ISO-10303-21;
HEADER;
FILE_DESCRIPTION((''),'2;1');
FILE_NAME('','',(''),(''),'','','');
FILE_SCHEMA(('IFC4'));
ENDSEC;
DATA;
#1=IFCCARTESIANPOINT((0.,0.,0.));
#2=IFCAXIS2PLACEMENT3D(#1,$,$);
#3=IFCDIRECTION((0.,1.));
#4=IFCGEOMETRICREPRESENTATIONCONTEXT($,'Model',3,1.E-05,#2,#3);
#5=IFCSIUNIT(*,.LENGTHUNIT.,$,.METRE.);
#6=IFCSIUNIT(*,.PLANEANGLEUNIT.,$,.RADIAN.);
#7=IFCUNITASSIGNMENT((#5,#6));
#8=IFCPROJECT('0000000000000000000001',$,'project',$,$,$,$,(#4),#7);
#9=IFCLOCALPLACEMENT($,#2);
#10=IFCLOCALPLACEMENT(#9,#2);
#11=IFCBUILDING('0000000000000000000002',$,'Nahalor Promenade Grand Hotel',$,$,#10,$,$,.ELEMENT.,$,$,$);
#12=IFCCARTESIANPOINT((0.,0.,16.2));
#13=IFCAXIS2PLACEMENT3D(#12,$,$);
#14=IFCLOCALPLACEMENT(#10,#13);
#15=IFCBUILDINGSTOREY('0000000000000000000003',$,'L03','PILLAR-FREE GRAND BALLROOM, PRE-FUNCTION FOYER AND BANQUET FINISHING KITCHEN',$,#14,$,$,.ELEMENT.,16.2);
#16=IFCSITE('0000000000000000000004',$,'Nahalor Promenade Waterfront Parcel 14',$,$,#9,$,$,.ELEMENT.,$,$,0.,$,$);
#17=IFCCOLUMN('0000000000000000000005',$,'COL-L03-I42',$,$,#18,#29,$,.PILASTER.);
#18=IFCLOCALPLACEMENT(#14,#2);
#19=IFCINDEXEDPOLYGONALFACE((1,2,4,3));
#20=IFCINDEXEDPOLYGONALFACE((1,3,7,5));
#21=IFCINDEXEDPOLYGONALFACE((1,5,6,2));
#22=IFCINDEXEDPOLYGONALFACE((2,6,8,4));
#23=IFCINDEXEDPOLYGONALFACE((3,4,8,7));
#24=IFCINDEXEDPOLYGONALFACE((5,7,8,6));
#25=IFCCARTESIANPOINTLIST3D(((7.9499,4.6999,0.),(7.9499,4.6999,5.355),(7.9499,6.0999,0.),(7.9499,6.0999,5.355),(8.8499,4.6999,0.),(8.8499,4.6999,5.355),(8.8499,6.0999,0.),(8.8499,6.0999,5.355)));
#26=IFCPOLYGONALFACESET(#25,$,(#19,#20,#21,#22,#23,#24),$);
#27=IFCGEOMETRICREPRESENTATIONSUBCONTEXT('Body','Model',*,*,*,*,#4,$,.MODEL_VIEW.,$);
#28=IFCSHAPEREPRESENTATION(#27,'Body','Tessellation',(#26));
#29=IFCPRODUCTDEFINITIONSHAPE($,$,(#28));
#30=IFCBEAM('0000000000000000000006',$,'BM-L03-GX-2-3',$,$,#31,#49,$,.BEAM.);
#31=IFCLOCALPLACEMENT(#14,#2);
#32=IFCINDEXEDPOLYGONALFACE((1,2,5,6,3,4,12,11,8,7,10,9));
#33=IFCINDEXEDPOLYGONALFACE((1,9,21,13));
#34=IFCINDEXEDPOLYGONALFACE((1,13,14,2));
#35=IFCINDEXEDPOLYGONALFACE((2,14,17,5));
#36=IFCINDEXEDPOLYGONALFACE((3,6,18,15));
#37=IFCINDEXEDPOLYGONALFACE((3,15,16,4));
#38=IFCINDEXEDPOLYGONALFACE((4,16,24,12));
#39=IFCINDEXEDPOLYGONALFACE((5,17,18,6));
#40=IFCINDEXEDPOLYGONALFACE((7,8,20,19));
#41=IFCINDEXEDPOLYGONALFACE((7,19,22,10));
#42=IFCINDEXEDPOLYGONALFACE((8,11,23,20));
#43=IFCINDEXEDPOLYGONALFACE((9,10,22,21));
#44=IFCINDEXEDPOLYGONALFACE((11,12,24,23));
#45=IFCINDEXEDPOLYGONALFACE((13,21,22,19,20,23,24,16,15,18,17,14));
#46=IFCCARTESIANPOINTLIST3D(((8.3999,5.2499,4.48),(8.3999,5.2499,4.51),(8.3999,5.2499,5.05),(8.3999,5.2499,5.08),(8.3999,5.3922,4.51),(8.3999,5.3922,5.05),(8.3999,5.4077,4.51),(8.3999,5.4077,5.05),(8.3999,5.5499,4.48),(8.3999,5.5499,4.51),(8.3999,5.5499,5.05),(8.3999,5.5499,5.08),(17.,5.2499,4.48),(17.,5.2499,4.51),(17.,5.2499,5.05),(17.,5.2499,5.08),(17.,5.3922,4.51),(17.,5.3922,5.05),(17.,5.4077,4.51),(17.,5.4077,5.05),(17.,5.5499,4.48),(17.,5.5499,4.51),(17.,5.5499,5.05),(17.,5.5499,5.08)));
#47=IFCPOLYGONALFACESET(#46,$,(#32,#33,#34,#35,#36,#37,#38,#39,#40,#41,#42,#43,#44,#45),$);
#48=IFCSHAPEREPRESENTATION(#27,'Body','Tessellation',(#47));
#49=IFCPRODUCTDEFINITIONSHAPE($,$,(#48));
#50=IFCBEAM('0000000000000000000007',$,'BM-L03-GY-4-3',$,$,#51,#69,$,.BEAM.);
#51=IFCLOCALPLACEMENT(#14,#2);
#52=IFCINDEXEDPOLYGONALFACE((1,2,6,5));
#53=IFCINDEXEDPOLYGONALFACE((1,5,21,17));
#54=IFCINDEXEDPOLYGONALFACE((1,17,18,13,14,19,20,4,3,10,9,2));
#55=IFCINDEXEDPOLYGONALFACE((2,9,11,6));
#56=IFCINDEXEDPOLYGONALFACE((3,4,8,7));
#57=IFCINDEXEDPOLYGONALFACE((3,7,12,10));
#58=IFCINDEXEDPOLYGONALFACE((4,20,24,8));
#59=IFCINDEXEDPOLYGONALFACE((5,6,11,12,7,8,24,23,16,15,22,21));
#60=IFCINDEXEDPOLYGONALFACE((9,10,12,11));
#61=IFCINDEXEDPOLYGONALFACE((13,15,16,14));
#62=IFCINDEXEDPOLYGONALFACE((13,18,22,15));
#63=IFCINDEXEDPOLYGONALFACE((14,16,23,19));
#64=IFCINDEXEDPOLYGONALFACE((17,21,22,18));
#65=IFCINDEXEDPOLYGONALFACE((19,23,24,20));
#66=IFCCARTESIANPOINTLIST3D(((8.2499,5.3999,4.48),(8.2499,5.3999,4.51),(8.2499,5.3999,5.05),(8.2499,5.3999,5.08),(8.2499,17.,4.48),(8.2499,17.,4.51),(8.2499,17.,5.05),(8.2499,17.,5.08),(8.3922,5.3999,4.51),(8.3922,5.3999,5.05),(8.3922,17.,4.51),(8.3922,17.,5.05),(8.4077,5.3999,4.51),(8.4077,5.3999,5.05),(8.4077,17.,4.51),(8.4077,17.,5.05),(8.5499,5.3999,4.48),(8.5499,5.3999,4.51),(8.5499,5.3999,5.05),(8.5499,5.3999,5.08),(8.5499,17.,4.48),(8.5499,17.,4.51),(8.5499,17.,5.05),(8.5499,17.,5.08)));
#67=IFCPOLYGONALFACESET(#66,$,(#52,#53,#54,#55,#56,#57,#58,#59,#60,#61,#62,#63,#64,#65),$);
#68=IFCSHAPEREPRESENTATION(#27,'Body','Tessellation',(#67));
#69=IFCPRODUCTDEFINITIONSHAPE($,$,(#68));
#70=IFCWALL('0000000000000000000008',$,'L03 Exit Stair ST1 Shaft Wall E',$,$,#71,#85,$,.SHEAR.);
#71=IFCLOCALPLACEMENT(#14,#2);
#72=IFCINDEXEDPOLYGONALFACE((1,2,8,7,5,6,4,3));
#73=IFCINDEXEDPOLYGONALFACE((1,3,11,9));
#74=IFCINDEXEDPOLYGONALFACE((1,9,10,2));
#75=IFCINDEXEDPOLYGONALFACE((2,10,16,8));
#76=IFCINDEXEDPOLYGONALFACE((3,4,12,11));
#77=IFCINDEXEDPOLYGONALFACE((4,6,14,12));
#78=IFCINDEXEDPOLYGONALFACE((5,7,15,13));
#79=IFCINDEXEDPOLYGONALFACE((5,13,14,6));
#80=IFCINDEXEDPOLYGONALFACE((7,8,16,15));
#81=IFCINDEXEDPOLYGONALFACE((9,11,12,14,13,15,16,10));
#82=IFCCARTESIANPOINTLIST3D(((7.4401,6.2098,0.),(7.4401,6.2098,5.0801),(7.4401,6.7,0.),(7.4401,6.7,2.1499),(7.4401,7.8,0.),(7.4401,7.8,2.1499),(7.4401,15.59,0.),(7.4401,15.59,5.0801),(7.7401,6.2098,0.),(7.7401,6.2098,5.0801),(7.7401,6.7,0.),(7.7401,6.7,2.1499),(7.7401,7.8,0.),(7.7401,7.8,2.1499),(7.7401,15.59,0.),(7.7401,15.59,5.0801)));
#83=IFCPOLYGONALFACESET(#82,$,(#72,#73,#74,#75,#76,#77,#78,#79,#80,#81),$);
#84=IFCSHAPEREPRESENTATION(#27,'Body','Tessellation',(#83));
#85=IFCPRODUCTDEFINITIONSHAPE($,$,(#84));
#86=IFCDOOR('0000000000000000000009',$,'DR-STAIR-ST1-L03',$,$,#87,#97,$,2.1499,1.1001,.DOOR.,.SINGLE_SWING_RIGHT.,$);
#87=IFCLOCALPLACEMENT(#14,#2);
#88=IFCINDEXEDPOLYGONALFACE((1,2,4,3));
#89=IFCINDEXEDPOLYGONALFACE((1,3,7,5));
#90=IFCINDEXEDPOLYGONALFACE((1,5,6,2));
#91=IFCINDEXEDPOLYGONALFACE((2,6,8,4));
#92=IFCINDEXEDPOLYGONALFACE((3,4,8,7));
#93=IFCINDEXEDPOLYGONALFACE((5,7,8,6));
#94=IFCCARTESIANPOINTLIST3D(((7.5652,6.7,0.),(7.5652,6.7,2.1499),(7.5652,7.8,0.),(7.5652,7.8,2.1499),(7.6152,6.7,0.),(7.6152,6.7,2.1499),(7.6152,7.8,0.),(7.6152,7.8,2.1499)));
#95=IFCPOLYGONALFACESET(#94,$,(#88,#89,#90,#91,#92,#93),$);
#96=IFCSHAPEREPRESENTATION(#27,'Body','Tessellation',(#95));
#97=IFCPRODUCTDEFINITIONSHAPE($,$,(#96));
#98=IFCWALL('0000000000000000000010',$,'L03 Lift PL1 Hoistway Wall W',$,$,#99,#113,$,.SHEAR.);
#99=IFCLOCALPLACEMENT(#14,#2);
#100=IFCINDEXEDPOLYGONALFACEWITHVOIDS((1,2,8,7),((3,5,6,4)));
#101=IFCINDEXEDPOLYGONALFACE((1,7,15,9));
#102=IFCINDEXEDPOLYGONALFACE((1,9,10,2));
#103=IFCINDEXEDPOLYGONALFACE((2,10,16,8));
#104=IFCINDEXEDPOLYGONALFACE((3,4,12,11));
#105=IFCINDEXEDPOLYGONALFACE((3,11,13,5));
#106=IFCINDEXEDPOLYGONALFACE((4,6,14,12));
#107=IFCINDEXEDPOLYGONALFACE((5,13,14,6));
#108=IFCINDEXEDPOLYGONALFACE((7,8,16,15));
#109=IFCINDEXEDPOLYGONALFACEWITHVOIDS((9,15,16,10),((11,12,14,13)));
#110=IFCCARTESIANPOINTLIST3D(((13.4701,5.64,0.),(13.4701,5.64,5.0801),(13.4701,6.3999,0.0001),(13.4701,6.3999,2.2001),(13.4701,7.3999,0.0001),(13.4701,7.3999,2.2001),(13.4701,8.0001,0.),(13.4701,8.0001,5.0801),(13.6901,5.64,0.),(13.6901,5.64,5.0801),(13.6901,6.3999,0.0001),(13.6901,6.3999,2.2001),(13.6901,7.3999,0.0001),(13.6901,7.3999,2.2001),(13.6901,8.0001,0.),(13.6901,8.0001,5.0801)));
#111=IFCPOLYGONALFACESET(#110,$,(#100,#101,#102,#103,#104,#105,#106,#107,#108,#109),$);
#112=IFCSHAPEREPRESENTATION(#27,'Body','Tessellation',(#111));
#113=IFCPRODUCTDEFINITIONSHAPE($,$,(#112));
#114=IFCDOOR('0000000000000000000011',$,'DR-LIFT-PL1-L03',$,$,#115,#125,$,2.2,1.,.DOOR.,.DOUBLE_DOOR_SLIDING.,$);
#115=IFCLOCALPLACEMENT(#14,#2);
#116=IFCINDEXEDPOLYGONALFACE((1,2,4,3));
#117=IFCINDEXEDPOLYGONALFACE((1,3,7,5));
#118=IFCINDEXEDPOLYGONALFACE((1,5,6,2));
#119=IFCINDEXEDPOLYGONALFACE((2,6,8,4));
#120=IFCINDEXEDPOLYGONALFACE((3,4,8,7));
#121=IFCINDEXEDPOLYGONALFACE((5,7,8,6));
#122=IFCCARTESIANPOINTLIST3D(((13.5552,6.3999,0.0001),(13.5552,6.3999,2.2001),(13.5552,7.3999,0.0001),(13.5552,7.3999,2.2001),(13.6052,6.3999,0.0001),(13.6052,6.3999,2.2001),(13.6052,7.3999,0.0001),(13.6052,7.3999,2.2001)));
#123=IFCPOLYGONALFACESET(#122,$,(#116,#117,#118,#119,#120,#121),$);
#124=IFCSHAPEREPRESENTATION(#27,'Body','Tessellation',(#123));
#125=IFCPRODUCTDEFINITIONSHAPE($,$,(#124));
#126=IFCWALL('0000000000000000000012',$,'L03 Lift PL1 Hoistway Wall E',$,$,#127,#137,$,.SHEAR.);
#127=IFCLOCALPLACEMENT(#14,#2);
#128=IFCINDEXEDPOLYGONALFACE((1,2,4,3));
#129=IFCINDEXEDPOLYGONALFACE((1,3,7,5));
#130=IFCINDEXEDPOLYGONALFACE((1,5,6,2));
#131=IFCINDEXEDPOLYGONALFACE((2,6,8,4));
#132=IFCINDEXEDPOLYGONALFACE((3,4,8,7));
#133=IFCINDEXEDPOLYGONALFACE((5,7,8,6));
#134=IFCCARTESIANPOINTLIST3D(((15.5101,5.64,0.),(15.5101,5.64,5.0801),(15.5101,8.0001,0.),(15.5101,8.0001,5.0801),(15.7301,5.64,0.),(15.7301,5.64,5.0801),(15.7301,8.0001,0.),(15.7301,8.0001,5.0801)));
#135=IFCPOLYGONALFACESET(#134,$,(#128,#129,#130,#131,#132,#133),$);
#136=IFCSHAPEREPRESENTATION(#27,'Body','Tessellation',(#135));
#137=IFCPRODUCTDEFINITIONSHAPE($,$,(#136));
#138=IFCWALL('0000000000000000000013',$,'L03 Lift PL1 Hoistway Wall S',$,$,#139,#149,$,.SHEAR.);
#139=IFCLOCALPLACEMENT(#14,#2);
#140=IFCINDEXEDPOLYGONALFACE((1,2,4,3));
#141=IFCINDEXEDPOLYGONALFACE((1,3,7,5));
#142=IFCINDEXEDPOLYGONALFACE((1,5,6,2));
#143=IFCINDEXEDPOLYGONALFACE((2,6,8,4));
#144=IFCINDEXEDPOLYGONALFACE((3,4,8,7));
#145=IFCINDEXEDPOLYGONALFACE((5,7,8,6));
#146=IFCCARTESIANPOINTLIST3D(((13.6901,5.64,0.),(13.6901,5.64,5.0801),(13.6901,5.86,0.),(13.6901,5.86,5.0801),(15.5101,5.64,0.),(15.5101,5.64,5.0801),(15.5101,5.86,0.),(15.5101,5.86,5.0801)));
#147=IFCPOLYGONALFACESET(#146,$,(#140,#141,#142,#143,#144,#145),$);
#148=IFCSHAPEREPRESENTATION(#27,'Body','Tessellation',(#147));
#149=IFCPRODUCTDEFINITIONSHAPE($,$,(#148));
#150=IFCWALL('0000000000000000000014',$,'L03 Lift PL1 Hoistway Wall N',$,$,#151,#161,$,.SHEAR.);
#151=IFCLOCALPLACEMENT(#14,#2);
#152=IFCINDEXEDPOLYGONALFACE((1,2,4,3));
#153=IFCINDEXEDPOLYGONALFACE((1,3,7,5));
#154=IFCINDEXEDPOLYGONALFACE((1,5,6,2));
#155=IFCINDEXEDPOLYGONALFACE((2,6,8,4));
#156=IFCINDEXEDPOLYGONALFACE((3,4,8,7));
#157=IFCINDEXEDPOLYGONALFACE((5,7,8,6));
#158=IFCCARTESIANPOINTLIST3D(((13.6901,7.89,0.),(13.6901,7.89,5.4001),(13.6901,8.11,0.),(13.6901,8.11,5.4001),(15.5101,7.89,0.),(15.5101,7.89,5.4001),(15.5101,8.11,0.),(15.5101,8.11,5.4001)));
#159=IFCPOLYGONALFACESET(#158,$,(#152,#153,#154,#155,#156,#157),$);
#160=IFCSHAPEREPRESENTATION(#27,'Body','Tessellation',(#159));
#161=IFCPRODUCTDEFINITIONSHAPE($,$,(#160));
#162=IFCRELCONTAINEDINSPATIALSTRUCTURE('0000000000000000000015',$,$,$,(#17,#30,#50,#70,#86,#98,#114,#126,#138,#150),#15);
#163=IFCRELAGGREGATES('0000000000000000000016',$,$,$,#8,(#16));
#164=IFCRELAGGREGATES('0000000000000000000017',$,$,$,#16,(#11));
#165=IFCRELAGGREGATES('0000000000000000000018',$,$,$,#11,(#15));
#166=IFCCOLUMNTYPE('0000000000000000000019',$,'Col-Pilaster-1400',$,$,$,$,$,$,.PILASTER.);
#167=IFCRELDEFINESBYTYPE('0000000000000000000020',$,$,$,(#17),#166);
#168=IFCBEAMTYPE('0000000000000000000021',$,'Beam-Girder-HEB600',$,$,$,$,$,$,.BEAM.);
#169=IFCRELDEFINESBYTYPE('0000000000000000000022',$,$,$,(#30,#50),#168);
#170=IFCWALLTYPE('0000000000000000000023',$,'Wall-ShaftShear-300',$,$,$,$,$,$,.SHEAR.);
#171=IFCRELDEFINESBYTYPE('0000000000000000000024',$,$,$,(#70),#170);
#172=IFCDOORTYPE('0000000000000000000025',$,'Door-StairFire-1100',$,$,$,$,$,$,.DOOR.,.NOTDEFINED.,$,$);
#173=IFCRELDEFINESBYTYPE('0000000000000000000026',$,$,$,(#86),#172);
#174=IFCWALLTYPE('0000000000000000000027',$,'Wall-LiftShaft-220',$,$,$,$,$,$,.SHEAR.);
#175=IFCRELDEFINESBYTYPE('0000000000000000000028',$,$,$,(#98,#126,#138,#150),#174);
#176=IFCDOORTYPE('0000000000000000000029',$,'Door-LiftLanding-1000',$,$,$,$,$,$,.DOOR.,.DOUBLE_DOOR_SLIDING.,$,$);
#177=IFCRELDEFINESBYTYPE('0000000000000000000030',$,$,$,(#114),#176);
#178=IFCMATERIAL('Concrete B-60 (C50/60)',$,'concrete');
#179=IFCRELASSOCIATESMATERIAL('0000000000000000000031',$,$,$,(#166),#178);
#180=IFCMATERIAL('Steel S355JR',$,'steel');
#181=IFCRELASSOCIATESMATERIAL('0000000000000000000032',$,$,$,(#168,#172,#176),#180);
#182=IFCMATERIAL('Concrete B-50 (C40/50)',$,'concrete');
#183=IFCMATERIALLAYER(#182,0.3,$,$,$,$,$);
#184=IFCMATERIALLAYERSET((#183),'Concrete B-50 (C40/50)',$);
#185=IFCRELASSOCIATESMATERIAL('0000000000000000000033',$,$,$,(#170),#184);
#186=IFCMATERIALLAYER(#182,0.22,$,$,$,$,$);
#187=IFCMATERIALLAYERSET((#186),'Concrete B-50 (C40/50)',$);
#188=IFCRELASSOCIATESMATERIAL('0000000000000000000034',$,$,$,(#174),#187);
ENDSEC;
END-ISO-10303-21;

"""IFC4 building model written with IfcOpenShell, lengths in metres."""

from ifc_helpers import new_model, si_unit, direction, frame, frame_2d, origin, origin_2d, place, context, subcontext, project, spatial, rectangle, i_section, extrude, source, transform, mapped, material, layer, layer_set, material_profile, profile_set, type_object, element, fill, save


model = new_model("IFC4")

# Units and contexts
model_context = context("Model", 3, precision=1e-05, world=origin(), true_north=direction((0.0, 1.0)))
body_context = subcontext(model_context, "Body", "Model", "MODEL_VIEW")
ifc_project = project(units=[si_unit("LENGTHUNIT", "METRE"), si_unit("PLANEANGLEUNIT", "RADIAN")], contexts=[model_context])

# Site, building, storey
site_placement = place(None, origin())
site = spatial("IfcSite", under=ifc_project, at=site_placement, Name="Nahalor Promenade Waterfront Parcel 14", CompositionType="ELEMENT", RefElevation=0.0)
building_placement = place(site_placement, origin())
building = spatial("IfcBuilding", under=site, at=building_placement, Name="Nahalor Promenade Grand Hotel", CompositionType="ELEMENT")
storey_placement = place(building_placement, frame((0.0, 0.0, 16.2)))
storey = spatial("IfcBuildingStorey", under=building, at=storey_placement, Name="L03", Description="PILLAR-FREE GRAND BALLROOM, PRE-FUNCTION FOYER AND BANQUET FINISHING KITCHEN", CompositionType="ELEMENT", Elevation=16.2)

# Column
ifc_material_1 = material(Name="Concrete B-60 (C50/60)", Category="concrete")
ifc_material_profile_1 = material_profile(ifc_material_1, rectangle(XDim=0.9, YDim=1.4, at=origin_2d()), Name="RC 900x1400")
ifc_profile_set_1 = profile_set([ifc_material_profile_1], Name="Concrete B-60 (C50/60)")
column_type = type_object("IfcColumnType", Name="Col-Pilaster-1400", PredefinedType="PILASTER", material=ifc_profile_set_1)
shared_shape_1 = source(origin(), body_context, "Body", "SweptSolid", [
    extrude(rectangle(XDim=0.9, YDim=1.4, at=origin_2d()), origin(), (0.0, 0.0, 1.0), 5.355),
])
column_placement = place(storey_placement, frame((8.3999, 5.3999, 0.0), z_axis=(0.0, 0.0, 1.0), x_axis=(1.0, 0.0, 0.0)))
element("IfcColumn", 1, at=column_placement, inside=storey, type_object=column_type, Name="COL-L03-I42", PredefinedType="PILASTER", context=body_context, shape_type="MappedRepresentation", body=[
    mapped(shared_shape_1, transform((0.0, 0.0, 0.0), scale=1.0)),
])

# Beams
ifc_material_2 = material(Name="Steel S355JR", Category="steel")
ifc_material_profile_2 = material_profile(ifc_material_2, i_section(OverallWidth=0.3, OverallDepth=0.6, WebThickness=0.0155, FlangeThickness=0.03, at=origin_2d()), Name="HEB 600")
ifc_profile_set_2 = profile_set([ifc_material_profile_2], Name="Steel S355JR")
beam_type = type_object("IfcBeamType", Name="Beam-Girder-HEB600", PredefinedType="BEAM", material=ifc_profile_set_2)
shared_shape_2 = source(origin(), body_context, "Body", "SweptSolid", [
    extrude(i_section(OverallWidth=0.3, OverallDepth=0.6, WebThickness=0.0155, FlangeThickness=0.03, at=origin_2d()), origin(), (0.0, 0.0, 1.0), 8.6001),
])
beam_1_placement = place(storey_placement, frame((8.3999, 5.3999, 4.78), z_axis=(1.0, 0.0, 0.0), x_axis=(0.0, 1.0, 0.0)))
element("IfcBeam", 2, at=beam_1_placement, inside=storey, type_object=beam_type, Name="BM-L03-GX-2-3", PredefinedType="BEAM", context=body_context, shape_type="MappedRepresentation", body=[
    mapped(shared_shape_2, transform((0.0, 0.0, 0.0), scale=1.0)),
])
shared_shape_3 = source(origin(), body_context, "Body", "SweptSolid", [
    extrude(i_section(OverallWidth=0.3, OverallDepth=0.6, WebThickness=0.0155, FlangeThickness=0.03, at=origin_2d()), origin(), (0.0, 0.0, 1.0), 11.6001),
])
beam_2_placement = place(storey_placement, frame((8.3999, 5.3999, 4.78), z_axis=(0.0, 1.0, 0.0), x_axis=(-1.0, 0.0, 0.0)))
element("IfcBeam", 3, at=beam_2_placement, inside=storey, type_object=beam_type, Name="BM-L03-GY-4-3", PredefinedType="BEAM", context=body_context, shape_type="MappedRepresentation", body=[
    mapped(shared_shape_3, transform((0.0, 0.0, 0.0), scale=1.0)),
])

# Walls, openings, doors
ifc_material_3 = material(Name="Concrete B-50 (C40/50)", Category="concrete")
ifc_layer_1 = layer(ifc_material_3, 0.3)
ifc_layer_set_1 = layer_set([ifc_layer_1], Name="Concrete B-50 (C40/50)")
wall_type_1 = type_object("IfcWallType", Name="Wall-ShaftShear-300", PredefinedType="SHEAR", material=ifc_layer_set_1)
shared_shape_4 = source(origin(), body_context, "Body", "SweptSolid", [
    extrude(rectangle(XDim=9.3801, YDim=0.3, at=frame_2d((4.6899, 0.0))), origin(), (0.0, 0.0, 1.0), 5.0801),
])
wall_1_placement = place(storey_placement, frame((7.5901, 6.21, 0.0), z_axis=(0.0, 0.0, 1.0), x_axis=(0.0, 1.0, 0.0)))
wall_1 = element("IfcWall", 4, at=wall_1_placement, inside=storey, type_object=wall_type_1, Name="L03 Exit Stair ST1 Shaft Wall E", PredefinedType="SHEAR", context=body_context, shape_type="MappedRepresentation", body=[
    mapped(shared_shape_4, transform((0.0, 0.0, 0.0), scale=1.0)),
])
opening_1_placement = place(wall_1_placement, frame((0.49, 0.0, 0.0)))
opening_1 = element("IfcOpeningElement", 5, at=opening_1_placement, cuts=wall_1, PredefinedType="OPENING", context=body_context, shape_type="SweptSolid", body=[
    extrude(rectangle(XDim=1.1001, YDim=2.1499, at=frame_2d((0.55, 1.075))), frame((0.0, 0.1599, 0.0), z_axis=(0.0, -1.0, 0.0), x_axis=(1.0, 0.0, 0.0)), (0.0, 0.0, 1.0), 0.3201),
])
door_type_1 = type_object("IfcDoorType", Name="Door-StairFire-1100", OperationType="NOTDEFINED", PredefinedType="DOOR", material=ifc_material_2)
shared_shape_5 = source(origin(), body_context, "Body", "SweptSolid", [
    extrude(rectangle(XDim=1.1001, YDim=2.1499, at=frame_2d((0.55, 1.075))), frame((0.0, 0.0249, 0.0), z_axis=(0.0, -1.0, 0.0), x_axis=(1.0, 0.0, 0.0)), (0.0, 0.0, 1.0), 0.05),
])
door_1_placement = place(opening_1_placement, origin())
door_1 = element("IfcDoor", 6, at=door_1_placement, inside=storey, type_object=door_type_1, Name="DR-STAIR-ST1-L03", OperationType="SINGLE_SWING_RIGHT", OverallHeight=2.1499, OverallWidth=1.1001, PredefinedType="DOOR", context=body_context, shape_type="MappedRepresentation", body=[
    mapped(shared_shape_5, transform((0.0, 0.0, 0.0), scale=1.0)),
])
fill(opening_1, door_1)
ifc_layer_2 = layer(ifc_material_3, 0.22)
ifc_layer_set_2 = layer_set([ifc_layer_2], Name="Concrete B-50 (C40/50)")
wall_type_2 = type_object("IfcWallType", Name="Wall-LiftShaft-220", PredefinedType="SHEAR", material=ifc_layer_set_2)
shared_shape_6 = source(origin(), body_context, "Body", "SweptSolid", [
    extrude(rectangle(XDim=2.3601, YDim=0.22, at=frame_2d((1.1802, 0.0))), origin(), (0.0, 0.0, 1.0), 5.0801),
])
wall_2_placement = place(storey_placement, frame((13.5801, 5.6399, 0.0), z_axis=(0.0, 0.0, 1.0), x_axis=(0.0, 1.0, 0.0)))
wall_2 = element("IfcWall", 7, at=wall_2_placement, inside=storey, type_object=wall_type_2, Name="L03 Lift PL1 Hoistway Wall W", PredefinedType="SHEAR", context=body_context, shape_type="MappedRepresentation", body=[
    mapped(shared_shape_6, transform((0.0, 0.0, 0.0), scale=1.0)),
])
opening_2_placement = place(wall_2_placement, frame((0.76, 0.0, 0.0)))
opening_2 = element("IfcOpeningElement", 8, at=opening_2_placement, cuts=wall_2, PredefinedType="OPENING", context=body_context, shape_type="SweptSolid", body=[
    extrude(rectangle(XDim=1.0, YDim=2.2, at=frame_2d((0.5, 1.1001))), frame((0.0, 0.1199, 0.0), z_axis=(0.0, -1.0, 0.0), x_axis=(1.0, 0.0, 0.0)), (0.0, 0.0, 1.0), 0.24),
])
door_type_2 = type_object("IfcDoorType", Name="Door-LiftLanding-1000", OperationType="DOUBLE_DOOR_SLIDING", PredefinedType="DOOR", material=ifc_material_2)
shared_shape_7 = source(origin(), body_context, "Body", "SweptSolid", [
    extrude(rectangle(XDim=1.0, YDim=2.2, at=frame_2d((0.5, 1.1001))), frame((0.0, 0.0249, 0.0), z_axis=(0.0, -1.0, 0.0), x_axis=(1.0, 0.0, 0.0)), (0.0, 0.0, 1.0), 0.05),
])
door_2_placement = place(opening_2_placement, origin())
door_2 = element("IfcDoor", 9, at=door_2_placement, inside=storey, type_object=door_type_2, Name="DR-LIFT-PL1-L03", OperationType="DOUBLE_DOOR_SLIDING", OverallHeight=2.2, OverallWidth=1.0, PredefinedType="DOOR", context=body_context, shape_type="MappedRepresentation", body=[
    mapped(shared_shape_7, transform((0.0, 0.0, 0.0), scale=1.0)),
])
fill(opening_2, door_2)

# Walls
wall_3_placement = place(storey_placement, frame((15.6201, 5.6399, 0.0), z_axis=(0.0, 0.0, 1.0), x_axis=(0.0, 1.0, 0.0)))
element("IfcWall", 10, at=wall_3_placement, inside=storey, type_object=wall_type_2, Name="L03 Lift PL1 Hoistway Wall E", PredefinedType="SHEAR", context=body_context, shape_type="MappedRepresentation", body=[
    mapped(shared_shape_6, transform((0.0, 0.0, 0.0), scale=1.0)),
])
shared_shape_8 = source(origin(), body_context, "Body", "SweptSolid", [
    extrude(rectangle(XDim=1.8201, YDim=0.22, at=frame_2d((0.9102, 0.0))), origin(), (0.0, 0.0, 1.0), 5.0801),
])
wall_4_placement = place(storey_placement, frame((13.6899, 5.75, 0.0), z_axis=(0.0, 0.0, 1.0), x_axis=(1.0, 0.0, 0.0)))
element("IfcWall", 11, at=wall_4_placement, inside=storey, type_object=wall_type_2, Name="L03 Lift PL1 Hoistway Wall S", PredefinedType="SHEAR", context=body_context, shape_type="MappedRepresentation", body=[
    mapped(shared_shape_8, transform((0.0, 0.0, 0.0), scale=1.0)),
])
shared_shape_9 = source(origin(), body_context, "Body", "SweptSolid", [
    extrude(rectangle(XDim=1.8201, YDim=0.22, at=frame_2d((0.9102, 0.0))), origin(), (0.0, 0.0, 1.0), 5.4001),
])
wall_5_placement = place(storey_placement, frame((13.6899, 8.0, 0.0), z_axis=(0.0, 0.0, 1.0), x_axis=(1.0, 0.0, 0.0)))
element("IfcWall", 12, at=wall_5_placement, inside=storey, type_object=wall_type_2, Name="L03 Lift PL1 Hoistway Wall N", PredefinedType="SHEAR", context=body_context, shape_type="MappedRepresentation", body=[
    mapped(shared_shape_9, transform((0.0, 0.0, 0.0), scale=1.0)),
])

save(model, "model.ifc")
